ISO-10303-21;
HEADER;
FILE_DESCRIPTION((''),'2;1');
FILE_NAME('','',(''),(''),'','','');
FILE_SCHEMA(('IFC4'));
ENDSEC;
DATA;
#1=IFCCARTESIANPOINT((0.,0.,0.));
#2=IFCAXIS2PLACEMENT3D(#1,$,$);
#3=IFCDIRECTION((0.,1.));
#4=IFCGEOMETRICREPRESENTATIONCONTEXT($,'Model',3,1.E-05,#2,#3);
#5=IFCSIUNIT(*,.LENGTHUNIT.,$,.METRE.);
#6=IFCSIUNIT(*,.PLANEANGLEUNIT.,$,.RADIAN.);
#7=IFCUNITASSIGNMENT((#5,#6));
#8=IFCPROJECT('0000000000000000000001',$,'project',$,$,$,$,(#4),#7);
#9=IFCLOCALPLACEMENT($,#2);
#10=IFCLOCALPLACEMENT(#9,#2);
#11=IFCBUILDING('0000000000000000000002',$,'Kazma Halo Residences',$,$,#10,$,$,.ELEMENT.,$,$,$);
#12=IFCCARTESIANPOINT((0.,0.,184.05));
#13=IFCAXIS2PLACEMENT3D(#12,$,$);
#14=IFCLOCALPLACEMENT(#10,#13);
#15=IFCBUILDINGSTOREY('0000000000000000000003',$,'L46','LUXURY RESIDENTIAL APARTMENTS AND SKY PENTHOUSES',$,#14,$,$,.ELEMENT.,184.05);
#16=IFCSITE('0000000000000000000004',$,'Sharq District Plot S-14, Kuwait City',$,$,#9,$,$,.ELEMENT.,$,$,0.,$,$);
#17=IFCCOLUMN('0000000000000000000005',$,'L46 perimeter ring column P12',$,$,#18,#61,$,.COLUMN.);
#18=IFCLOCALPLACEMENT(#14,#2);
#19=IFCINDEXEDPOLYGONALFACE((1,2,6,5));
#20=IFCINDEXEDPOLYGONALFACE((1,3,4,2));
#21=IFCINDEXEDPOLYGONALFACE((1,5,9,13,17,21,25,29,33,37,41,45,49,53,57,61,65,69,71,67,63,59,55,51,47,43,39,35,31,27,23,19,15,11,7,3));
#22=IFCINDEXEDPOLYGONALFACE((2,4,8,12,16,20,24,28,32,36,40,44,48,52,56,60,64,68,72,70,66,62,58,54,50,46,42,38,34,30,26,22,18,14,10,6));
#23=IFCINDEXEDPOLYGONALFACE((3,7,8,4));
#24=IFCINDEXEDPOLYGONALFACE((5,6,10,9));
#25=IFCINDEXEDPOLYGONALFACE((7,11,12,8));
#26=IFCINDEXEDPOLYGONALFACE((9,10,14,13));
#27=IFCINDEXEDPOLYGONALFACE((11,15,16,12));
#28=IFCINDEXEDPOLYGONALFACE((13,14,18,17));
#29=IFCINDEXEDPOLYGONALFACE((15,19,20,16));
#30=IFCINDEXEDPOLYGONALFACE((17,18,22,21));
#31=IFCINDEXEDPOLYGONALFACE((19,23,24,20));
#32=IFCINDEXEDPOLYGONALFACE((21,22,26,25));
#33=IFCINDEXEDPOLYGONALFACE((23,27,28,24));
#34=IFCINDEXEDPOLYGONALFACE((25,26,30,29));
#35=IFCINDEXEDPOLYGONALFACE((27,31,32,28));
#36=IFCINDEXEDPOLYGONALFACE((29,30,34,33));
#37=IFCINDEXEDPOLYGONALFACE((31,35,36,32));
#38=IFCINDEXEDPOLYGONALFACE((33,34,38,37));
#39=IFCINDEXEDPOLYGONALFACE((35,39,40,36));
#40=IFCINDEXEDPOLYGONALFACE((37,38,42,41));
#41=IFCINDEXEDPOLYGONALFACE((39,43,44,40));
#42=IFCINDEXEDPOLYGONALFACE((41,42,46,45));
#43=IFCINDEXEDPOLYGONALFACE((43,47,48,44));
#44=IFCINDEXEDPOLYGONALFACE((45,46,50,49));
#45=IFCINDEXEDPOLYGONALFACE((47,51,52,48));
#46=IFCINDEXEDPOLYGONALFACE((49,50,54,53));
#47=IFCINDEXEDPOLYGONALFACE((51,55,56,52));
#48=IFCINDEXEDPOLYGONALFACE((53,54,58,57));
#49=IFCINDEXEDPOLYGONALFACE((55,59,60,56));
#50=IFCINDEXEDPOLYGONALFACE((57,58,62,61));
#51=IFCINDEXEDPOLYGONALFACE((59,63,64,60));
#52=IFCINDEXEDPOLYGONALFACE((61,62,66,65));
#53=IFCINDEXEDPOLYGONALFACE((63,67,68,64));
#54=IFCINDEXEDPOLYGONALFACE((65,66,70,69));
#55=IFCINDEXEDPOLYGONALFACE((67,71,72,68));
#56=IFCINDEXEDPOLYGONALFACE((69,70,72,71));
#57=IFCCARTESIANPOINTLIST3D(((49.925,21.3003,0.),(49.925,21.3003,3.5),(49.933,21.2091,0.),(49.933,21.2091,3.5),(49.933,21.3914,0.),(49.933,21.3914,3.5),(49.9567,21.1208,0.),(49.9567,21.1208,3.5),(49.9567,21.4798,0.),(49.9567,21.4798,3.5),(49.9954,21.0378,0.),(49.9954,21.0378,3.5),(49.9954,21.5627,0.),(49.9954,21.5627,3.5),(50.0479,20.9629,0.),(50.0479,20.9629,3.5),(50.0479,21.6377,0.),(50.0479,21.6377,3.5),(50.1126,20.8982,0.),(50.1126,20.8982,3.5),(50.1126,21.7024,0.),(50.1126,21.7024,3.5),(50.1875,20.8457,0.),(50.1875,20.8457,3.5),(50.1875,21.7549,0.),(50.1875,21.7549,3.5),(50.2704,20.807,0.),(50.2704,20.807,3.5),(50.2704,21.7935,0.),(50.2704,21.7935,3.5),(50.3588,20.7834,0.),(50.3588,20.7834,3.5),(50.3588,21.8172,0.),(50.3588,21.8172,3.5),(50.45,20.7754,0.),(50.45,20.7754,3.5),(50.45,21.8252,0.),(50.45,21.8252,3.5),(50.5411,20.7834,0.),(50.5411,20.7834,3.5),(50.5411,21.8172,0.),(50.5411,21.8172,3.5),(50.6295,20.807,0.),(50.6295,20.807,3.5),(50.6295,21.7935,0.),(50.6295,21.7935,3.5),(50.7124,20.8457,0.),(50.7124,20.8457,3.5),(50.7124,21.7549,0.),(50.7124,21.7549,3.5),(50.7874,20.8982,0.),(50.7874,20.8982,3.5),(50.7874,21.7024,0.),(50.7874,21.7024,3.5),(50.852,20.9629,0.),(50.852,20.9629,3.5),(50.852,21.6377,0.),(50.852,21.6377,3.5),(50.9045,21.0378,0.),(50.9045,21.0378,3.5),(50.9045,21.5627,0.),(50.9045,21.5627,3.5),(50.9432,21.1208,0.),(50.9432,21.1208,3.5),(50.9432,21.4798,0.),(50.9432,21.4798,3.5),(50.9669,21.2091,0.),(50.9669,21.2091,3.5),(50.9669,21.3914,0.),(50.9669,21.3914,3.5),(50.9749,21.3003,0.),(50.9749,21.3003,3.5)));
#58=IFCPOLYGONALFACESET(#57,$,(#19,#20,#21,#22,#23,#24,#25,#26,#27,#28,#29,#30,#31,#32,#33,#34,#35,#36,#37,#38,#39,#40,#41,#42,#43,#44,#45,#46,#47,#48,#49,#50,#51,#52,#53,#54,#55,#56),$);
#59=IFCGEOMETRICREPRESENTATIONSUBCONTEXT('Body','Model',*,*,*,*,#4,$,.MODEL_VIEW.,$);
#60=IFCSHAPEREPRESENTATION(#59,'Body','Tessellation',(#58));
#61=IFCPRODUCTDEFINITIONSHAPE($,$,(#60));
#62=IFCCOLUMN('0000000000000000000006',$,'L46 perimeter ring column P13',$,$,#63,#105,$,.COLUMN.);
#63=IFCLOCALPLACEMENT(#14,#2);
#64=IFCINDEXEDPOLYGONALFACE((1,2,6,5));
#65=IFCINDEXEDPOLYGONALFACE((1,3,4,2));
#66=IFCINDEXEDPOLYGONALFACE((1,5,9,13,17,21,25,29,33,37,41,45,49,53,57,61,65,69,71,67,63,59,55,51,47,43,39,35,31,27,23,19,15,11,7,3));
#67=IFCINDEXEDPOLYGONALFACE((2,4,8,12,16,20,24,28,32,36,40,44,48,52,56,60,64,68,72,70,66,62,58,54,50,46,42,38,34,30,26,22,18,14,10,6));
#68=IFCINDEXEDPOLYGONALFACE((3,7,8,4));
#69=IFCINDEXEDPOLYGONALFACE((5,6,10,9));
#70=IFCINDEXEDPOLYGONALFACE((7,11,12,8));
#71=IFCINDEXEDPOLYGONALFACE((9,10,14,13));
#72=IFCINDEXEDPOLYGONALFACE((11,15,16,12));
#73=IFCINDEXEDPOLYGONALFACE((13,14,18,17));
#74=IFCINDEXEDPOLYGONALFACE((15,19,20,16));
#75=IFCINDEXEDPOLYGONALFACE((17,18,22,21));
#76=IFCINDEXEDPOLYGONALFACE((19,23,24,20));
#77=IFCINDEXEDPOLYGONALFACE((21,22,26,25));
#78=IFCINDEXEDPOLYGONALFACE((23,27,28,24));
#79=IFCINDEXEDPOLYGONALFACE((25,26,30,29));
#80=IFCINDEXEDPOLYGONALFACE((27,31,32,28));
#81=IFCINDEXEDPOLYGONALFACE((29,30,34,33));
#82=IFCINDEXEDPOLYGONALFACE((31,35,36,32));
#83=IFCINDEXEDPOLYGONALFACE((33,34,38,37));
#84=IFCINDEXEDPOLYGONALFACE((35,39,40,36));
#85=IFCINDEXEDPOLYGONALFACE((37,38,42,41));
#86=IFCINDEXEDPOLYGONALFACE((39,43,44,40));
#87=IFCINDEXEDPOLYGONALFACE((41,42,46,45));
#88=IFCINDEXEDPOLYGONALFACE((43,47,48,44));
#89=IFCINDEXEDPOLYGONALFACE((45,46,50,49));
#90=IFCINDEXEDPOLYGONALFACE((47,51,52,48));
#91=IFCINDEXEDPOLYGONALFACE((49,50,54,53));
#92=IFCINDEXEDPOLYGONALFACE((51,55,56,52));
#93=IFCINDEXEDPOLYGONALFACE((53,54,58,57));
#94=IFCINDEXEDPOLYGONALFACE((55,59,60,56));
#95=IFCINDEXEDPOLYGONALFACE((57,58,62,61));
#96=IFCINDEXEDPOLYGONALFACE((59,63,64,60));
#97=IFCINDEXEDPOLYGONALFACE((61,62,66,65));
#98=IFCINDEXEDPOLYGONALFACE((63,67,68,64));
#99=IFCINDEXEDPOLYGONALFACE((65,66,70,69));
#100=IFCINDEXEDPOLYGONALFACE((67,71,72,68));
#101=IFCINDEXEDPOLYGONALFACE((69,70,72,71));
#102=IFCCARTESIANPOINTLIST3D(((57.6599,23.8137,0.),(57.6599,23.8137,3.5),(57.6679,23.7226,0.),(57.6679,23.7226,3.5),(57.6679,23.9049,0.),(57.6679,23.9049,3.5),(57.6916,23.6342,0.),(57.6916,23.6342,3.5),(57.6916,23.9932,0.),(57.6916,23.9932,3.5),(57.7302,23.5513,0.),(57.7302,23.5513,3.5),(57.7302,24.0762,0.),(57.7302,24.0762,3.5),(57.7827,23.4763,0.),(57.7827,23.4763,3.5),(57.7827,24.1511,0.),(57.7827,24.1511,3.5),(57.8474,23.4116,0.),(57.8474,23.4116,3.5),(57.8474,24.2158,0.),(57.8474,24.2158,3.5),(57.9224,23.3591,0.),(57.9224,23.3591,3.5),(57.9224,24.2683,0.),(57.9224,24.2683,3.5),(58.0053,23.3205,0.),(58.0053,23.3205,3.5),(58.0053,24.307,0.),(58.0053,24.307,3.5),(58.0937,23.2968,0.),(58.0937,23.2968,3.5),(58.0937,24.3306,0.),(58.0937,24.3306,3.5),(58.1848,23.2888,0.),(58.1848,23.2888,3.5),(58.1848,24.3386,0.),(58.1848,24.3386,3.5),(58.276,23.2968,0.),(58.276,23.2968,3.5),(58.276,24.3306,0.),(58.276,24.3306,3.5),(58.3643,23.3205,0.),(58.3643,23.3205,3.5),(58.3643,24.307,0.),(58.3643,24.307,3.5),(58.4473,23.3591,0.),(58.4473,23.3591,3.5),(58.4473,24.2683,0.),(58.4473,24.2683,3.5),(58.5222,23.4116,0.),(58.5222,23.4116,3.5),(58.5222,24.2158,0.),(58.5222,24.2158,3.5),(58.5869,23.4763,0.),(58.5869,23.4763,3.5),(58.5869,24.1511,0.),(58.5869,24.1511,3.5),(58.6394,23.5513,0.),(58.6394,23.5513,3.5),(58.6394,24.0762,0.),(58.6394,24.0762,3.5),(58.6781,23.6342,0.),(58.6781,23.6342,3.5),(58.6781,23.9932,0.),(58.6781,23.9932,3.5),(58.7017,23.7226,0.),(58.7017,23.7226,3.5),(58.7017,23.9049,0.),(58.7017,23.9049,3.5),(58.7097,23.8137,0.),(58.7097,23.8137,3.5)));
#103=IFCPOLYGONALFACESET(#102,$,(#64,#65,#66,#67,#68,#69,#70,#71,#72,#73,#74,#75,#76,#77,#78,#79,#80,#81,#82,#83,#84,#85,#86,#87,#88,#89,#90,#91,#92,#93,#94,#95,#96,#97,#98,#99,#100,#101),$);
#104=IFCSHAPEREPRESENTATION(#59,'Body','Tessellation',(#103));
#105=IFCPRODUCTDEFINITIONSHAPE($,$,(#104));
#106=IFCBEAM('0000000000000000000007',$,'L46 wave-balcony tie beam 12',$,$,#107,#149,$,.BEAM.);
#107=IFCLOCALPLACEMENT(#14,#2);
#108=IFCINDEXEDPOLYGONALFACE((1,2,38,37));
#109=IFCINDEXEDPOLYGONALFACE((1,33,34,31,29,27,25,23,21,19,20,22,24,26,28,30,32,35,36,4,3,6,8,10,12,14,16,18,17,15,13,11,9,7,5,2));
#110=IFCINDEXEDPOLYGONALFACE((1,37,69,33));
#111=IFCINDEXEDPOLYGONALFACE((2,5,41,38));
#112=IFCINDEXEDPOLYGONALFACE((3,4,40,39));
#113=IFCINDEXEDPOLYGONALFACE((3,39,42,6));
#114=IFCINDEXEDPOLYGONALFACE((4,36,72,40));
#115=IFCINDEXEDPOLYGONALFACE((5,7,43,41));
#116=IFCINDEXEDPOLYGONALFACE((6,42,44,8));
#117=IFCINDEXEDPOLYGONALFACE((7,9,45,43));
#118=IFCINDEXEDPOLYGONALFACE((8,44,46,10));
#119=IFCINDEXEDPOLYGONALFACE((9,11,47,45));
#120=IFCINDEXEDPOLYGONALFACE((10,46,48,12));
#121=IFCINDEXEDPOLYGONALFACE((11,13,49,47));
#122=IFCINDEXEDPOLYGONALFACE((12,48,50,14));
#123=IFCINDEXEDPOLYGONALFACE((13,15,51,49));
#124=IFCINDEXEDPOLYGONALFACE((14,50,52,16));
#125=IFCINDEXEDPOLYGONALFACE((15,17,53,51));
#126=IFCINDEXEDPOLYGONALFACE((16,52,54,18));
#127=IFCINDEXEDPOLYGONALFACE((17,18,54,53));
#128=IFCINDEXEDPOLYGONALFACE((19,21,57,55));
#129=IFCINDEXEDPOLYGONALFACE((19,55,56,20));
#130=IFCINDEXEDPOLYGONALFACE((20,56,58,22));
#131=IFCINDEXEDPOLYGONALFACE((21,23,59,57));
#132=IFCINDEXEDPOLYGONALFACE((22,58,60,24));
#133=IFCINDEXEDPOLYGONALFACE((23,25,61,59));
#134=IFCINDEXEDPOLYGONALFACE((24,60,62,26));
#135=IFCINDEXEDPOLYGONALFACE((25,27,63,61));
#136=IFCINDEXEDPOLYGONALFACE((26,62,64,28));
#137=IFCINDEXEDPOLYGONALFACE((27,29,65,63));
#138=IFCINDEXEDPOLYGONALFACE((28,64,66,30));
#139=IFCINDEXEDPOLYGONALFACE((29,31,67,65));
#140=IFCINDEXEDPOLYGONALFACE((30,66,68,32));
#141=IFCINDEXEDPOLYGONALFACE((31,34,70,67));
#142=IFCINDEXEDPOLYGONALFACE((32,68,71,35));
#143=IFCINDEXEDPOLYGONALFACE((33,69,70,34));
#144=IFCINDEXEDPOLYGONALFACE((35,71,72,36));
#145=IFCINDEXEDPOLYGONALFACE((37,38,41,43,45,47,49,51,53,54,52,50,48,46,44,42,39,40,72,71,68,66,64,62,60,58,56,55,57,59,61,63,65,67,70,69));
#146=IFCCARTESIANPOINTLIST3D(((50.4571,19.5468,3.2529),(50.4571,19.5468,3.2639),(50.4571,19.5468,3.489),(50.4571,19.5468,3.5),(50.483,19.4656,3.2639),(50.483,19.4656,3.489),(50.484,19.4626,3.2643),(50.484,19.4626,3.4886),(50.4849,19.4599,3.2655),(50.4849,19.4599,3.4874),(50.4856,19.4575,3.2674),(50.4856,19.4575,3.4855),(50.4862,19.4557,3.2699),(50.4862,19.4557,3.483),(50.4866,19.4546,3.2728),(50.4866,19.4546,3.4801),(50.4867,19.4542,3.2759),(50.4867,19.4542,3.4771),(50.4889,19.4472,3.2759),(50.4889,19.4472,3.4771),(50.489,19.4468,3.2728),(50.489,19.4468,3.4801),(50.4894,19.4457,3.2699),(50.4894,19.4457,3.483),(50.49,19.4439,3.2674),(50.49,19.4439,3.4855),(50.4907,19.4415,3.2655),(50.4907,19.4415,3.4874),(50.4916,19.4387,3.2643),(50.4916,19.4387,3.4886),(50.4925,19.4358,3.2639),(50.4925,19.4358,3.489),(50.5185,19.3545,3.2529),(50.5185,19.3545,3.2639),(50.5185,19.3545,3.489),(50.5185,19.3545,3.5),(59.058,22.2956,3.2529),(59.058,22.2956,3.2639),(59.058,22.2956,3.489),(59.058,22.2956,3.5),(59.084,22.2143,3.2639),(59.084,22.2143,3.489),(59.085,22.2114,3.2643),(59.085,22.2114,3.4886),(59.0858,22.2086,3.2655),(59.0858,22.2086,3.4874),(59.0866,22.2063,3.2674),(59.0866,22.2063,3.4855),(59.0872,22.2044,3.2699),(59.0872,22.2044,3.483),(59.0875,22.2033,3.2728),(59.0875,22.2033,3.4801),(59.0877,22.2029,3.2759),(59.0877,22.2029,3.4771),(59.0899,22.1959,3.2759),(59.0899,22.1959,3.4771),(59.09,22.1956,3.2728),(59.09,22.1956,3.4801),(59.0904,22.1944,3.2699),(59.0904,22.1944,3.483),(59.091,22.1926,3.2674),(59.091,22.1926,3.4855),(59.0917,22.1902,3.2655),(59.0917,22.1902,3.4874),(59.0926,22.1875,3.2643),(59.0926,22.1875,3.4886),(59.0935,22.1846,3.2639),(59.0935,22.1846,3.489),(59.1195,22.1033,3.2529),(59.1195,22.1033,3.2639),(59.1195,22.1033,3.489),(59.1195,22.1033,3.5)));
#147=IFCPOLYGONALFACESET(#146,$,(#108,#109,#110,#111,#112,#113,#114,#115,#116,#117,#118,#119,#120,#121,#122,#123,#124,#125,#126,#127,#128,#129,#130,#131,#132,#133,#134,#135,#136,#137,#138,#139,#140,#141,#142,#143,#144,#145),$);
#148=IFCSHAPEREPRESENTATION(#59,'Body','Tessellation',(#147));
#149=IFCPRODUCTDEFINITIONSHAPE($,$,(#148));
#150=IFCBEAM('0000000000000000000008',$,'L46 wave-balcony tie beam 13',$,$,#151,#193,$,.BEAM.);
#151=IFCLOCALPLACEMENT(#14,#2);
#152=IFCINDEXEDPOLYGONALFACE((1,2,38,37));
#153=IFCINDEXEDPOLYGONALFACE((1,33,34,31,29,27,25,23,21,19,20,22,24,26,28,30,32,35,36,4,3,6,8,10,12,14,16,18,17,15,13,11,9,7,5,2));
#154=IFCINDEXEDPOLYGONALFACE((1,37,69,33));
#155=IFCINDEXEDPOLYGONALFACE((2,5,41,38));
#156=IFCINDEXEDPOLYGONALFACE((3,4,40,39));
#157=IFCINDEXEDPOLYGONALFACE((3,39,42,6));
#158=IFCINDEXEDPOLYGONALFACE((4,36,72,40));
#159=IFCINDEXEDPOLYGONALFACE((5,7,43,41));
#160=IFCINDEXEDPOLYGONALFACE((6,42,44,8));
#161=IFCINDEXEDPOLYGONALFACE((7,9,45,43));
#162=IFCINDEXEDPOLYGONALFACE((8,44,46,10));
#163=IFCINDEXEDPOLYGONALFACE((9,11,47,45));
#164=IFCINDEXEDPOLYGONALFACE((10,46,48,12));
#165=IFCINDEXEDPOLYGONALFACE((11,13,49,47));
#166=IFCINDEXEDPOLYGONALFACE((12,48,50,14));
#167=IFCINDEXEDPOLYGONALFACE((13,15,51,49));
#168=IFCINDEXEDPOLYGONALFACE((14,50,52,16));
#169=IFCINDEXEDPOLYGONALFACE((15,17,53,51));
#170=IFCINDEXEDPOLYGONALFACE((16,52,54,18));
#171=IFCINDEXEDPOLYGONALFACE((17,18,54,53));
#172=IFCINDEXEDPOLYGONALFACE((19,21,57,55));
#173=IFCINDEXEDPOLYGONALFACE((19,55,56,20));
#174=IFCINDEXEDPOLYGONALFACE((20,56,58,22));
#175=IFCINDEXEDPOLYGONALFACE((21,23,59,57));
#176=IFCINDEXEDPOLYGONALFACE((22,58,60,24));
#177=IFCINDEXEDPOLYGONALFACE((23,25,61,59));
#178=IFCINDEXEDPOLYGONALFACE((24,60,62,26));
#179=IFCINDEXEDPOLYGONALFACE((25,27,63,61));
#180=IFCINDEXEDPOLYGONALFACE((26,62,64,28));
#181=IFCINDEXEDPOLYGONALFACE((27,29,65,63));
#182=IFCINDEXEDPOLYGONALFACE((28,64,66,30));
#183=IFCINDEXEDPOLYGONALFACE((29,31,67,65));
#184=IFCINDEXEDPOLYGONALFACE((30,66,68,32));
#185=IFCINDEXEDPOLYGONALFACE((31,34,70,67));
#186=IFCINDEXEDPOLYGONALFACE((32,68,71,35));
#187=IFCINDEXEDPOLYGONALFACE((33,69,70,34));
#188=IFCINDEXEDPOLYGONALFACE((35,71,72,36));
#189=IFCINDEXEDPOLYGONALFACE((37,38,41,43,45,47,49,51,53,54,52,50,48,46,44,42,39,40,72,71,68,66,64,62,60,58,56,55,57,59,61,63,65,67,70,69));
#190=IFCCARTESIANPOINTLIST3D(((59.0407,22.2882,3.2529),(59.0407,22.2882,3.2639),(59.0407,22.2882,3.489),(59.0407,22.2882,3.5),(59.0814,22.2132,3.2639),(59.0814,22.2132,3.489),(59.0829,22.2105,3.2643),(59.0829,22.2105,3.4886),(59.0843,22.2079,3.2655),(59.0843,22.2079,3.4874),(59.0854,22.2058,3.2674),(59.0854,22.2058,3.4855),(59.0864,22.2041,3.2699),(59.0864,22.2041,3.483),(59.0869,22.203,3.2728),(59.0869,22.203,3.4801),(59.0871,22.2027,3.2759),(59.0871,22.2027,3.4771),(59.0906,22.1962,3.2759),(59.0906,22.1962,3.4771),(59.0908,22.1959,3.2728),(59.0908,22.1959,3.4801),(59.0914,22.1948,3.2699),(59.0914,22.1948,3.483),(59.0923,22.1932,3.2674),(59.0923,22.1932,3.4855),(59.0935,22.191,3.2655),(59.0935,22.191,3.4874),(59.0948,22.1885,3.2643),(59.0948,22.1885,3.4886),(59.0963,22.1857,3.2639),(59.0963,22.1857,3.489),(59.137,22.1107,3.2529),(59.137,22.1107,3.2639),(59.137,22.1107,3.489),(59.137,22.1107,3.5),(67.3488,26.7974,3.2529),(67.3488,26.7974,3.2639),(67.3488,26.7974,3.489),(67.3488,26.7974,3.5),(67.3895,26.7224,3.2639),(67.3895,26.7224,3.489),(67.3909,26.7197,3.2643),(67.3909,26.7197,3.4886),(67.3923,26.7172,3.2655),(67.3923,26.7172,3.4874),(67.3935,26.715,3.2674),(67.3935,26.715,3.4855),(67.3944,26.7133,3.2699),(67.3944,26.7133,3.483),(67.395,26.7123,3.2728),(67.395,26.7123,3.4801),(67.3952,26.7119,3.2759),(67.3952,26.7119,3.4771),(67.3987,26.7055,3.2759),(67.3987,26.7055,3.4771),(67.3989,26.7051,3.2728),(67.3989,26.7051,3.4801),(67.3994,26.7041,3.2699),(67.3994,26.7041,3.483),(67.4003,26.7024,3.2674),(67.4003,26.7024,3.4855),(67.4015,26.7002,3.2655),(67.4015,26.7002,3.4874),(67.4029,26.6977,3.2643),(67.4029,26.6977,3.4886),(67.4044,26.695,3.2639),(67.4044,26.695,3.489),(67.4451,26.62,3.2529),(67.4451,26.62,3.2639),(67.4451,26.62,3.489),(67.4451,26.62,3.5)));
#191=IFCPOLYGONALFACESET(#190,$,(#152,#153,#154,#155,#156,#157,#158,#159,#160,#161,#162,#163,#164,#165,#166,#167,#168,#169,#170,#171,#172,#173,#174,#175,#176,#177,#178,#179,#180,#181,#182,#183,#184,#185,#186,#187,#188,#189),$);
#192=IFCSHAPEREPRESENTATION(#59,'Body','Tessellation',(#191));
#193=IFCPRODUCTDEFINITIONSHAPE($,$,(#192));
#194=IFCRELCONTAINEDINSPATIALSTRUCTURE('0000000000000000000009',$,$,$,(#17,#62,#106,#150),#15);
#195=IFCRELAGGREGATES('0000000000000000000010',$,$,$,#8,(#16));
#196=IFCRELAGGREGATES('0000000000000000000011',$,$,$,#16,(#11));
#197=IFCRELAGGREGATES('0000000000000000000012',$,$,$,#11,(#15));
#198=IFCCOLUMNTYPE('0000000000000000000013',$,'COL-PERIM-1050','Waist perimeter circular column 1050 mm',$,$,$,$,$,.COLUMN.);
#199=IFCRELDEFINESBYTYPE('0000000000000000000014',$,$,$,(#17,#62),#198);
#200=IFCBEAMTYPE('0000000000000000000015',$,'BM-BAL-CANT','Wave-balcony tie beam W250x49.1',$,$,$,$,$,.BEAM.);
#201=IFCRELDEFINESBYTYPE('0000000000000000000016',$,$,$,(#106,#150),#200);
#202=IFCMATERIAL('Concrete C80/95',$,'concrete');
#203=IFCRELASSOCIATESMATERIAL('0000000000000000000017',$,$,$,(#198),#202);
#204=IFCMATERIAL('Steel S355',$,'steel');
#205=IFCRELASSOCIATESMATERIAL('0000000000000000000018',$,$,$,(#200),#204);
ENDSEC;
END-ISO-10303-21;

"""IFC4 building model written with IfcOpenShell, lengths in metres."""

from ifc_helpers import new_model, si_unit, direction, frame, origin, origin_2d, place, context, subcontext, project, spatial, circle, i_section, extrude, material, material_profile, profile_set, type_object, element, save


model = new_model("IFC4")

# Units and contexts
model_context = context("Model", 3, precision=1e-05, world=origin(), true_north=direction((0.0, 1.0)))
body_context = subcontext(model_context, "Body", "Model", "MODEL_VIEW")
ifc_project = project(units=[si_unit("LENGTHUNIT", "METRE"), si_unit("PLANEANGLEUNIT", "RADIAN")], contexts=[model_context])

# Site, building, storey
site_placement = place(None, origin())
site = spatial("IfcSite", under=ifc_project, at=site_placement, Name="Sharq District Plot S-14, Kuwait City", CompositionType="ELEMENT", RefElevation=0.0)
building_placement = place(site_placement, origin())
building = spatial("IfcBuilding", under=site, at=building_placement, Name="Kazma Halo Residences", CompositionType="ELEMENT")
storey_placement = place(building_placement, frame((0.0, 0.0, 184.05)))
storey = spatial("IfcBuildingStorey", under=building, at=storey_placement, Name="L46", Description="LUXURY RESIDENTIAL APARTMENTS AND SKY PENTHOUSES", CompositionType="ELEMENT", Elevation=184.05)

# Columns
ifc_material_1 = material(Name="Concrete C80/95", Category="concrete")
ifc_material_profile_1 = material_profile(ifc_material_1, circle(Radius=0.5249, at=origin_2d()), Name="CIRC1050")
ifc_profile_set_1 = profile_set([ifc_material_profile_1], Name="Concrete C80/95")
column_type = type_object("IfcColumnType", Name="COL-PERIM-1050", Description="Waist perimeter circular column 1050 mm", PredefinedType="COLUMN", material=ifc_profile_set_1)
for number, where, z_axis, x_axis, name in (
    (1, (50.45, 21.3003, 0.0), (0.0, 0.0, 1.0), (1.0, 0.0, 0.0), "L46 perimeter ring column P12"),
    (2, (58.1848, 23.8137, 0.0), (0.0, 0.0, 1.0), (1.0, 0.0, 0.0), "L46 perimeter ring column P13"),
):
    element("IfcColumn", number, at=place(storey_placement, frame(where, z_axis=z_axis, x_axis=x_axis)), inside=storey, type_object=column_type, Name=name, PredefinedType="COLUMN", context=body_context, shape_type="SweptSolid", body=[
        extrude(circle(Radius=0.5249, at=origin_2d()), origin(), (0.0, 0.0, 1.0), 3.5),
    ])

# Beams
ifc_material_2 = material(Name="Steel S355", Category="steel")
ifc_material_profile_2 = material_profile(ifc_material_2, i_section(OverallWidth=0.2019, OverallDepth=0.2471, WebThickness=0.0073, FlangeThickness=0.011, FilletRadius=0.012, at=origin_2d()), Name="W250x49.1")
ifc_profile_set_2 = profile_set([ifc_material_profile_2], Name="Steel S355")
beam_type_1 = type_object("IfcBeamType", Name="BM-BAL-CANT", Description="Wave-balcony tie beam W250x49.1", PredefinedType="BEAM", material=ifc_profile_set_2)
beam_1_placement = place(storey_placement, frame((50.4878, 19.4507, 3.3765), z_axis=(0.952539, 0.304418, 0.0), x_axis=(-0.304418, 0.952539, 0.0)))
element("IfcBeam", 3, at=beam_1_placement, inside=storey, type_object=beam_type_1, Name="L46 wave-balcony tie beam 12", PredefinedType="BEAM", context=body_context, shape_type="SweptSolid", body=[
    extrude(i_section(OverallWidth=0.2019, OverallDepth=0.2471, WebThickness=0.0073, FlangeThickness=0.011, FilletRadius=0.012, at=origin_2d()), origin(), (0.0, 0.0, 1.0), 9.0295),
])
beam_2_placement = place(storey_placement, frame((59.0889, 22.1995, 3.3765), z_axis=(0.878891, 0.477023, 0.0), x_axis=(-0.477023, 0.878891, 0.0)))
element("IfcBeam", 4, at=beam_2_placement, inside=storey, type_object=beam_type_1, Name="L46 wave-balcony tie beam 13", PredefinedType="BEAM", context=body_context, shape_type="SweptSolid", body=[
    extrude(i_section(OverallWidth=0.2019, OverallDepth=0.2471, WebThickness=0.0073, FlangeThickness=0.011, FilletRadius=0.012, at=origin_2d()), origin(), (0.0, 0.0, 1.0), 9.4529),
])

save(model, "model.ifc")
